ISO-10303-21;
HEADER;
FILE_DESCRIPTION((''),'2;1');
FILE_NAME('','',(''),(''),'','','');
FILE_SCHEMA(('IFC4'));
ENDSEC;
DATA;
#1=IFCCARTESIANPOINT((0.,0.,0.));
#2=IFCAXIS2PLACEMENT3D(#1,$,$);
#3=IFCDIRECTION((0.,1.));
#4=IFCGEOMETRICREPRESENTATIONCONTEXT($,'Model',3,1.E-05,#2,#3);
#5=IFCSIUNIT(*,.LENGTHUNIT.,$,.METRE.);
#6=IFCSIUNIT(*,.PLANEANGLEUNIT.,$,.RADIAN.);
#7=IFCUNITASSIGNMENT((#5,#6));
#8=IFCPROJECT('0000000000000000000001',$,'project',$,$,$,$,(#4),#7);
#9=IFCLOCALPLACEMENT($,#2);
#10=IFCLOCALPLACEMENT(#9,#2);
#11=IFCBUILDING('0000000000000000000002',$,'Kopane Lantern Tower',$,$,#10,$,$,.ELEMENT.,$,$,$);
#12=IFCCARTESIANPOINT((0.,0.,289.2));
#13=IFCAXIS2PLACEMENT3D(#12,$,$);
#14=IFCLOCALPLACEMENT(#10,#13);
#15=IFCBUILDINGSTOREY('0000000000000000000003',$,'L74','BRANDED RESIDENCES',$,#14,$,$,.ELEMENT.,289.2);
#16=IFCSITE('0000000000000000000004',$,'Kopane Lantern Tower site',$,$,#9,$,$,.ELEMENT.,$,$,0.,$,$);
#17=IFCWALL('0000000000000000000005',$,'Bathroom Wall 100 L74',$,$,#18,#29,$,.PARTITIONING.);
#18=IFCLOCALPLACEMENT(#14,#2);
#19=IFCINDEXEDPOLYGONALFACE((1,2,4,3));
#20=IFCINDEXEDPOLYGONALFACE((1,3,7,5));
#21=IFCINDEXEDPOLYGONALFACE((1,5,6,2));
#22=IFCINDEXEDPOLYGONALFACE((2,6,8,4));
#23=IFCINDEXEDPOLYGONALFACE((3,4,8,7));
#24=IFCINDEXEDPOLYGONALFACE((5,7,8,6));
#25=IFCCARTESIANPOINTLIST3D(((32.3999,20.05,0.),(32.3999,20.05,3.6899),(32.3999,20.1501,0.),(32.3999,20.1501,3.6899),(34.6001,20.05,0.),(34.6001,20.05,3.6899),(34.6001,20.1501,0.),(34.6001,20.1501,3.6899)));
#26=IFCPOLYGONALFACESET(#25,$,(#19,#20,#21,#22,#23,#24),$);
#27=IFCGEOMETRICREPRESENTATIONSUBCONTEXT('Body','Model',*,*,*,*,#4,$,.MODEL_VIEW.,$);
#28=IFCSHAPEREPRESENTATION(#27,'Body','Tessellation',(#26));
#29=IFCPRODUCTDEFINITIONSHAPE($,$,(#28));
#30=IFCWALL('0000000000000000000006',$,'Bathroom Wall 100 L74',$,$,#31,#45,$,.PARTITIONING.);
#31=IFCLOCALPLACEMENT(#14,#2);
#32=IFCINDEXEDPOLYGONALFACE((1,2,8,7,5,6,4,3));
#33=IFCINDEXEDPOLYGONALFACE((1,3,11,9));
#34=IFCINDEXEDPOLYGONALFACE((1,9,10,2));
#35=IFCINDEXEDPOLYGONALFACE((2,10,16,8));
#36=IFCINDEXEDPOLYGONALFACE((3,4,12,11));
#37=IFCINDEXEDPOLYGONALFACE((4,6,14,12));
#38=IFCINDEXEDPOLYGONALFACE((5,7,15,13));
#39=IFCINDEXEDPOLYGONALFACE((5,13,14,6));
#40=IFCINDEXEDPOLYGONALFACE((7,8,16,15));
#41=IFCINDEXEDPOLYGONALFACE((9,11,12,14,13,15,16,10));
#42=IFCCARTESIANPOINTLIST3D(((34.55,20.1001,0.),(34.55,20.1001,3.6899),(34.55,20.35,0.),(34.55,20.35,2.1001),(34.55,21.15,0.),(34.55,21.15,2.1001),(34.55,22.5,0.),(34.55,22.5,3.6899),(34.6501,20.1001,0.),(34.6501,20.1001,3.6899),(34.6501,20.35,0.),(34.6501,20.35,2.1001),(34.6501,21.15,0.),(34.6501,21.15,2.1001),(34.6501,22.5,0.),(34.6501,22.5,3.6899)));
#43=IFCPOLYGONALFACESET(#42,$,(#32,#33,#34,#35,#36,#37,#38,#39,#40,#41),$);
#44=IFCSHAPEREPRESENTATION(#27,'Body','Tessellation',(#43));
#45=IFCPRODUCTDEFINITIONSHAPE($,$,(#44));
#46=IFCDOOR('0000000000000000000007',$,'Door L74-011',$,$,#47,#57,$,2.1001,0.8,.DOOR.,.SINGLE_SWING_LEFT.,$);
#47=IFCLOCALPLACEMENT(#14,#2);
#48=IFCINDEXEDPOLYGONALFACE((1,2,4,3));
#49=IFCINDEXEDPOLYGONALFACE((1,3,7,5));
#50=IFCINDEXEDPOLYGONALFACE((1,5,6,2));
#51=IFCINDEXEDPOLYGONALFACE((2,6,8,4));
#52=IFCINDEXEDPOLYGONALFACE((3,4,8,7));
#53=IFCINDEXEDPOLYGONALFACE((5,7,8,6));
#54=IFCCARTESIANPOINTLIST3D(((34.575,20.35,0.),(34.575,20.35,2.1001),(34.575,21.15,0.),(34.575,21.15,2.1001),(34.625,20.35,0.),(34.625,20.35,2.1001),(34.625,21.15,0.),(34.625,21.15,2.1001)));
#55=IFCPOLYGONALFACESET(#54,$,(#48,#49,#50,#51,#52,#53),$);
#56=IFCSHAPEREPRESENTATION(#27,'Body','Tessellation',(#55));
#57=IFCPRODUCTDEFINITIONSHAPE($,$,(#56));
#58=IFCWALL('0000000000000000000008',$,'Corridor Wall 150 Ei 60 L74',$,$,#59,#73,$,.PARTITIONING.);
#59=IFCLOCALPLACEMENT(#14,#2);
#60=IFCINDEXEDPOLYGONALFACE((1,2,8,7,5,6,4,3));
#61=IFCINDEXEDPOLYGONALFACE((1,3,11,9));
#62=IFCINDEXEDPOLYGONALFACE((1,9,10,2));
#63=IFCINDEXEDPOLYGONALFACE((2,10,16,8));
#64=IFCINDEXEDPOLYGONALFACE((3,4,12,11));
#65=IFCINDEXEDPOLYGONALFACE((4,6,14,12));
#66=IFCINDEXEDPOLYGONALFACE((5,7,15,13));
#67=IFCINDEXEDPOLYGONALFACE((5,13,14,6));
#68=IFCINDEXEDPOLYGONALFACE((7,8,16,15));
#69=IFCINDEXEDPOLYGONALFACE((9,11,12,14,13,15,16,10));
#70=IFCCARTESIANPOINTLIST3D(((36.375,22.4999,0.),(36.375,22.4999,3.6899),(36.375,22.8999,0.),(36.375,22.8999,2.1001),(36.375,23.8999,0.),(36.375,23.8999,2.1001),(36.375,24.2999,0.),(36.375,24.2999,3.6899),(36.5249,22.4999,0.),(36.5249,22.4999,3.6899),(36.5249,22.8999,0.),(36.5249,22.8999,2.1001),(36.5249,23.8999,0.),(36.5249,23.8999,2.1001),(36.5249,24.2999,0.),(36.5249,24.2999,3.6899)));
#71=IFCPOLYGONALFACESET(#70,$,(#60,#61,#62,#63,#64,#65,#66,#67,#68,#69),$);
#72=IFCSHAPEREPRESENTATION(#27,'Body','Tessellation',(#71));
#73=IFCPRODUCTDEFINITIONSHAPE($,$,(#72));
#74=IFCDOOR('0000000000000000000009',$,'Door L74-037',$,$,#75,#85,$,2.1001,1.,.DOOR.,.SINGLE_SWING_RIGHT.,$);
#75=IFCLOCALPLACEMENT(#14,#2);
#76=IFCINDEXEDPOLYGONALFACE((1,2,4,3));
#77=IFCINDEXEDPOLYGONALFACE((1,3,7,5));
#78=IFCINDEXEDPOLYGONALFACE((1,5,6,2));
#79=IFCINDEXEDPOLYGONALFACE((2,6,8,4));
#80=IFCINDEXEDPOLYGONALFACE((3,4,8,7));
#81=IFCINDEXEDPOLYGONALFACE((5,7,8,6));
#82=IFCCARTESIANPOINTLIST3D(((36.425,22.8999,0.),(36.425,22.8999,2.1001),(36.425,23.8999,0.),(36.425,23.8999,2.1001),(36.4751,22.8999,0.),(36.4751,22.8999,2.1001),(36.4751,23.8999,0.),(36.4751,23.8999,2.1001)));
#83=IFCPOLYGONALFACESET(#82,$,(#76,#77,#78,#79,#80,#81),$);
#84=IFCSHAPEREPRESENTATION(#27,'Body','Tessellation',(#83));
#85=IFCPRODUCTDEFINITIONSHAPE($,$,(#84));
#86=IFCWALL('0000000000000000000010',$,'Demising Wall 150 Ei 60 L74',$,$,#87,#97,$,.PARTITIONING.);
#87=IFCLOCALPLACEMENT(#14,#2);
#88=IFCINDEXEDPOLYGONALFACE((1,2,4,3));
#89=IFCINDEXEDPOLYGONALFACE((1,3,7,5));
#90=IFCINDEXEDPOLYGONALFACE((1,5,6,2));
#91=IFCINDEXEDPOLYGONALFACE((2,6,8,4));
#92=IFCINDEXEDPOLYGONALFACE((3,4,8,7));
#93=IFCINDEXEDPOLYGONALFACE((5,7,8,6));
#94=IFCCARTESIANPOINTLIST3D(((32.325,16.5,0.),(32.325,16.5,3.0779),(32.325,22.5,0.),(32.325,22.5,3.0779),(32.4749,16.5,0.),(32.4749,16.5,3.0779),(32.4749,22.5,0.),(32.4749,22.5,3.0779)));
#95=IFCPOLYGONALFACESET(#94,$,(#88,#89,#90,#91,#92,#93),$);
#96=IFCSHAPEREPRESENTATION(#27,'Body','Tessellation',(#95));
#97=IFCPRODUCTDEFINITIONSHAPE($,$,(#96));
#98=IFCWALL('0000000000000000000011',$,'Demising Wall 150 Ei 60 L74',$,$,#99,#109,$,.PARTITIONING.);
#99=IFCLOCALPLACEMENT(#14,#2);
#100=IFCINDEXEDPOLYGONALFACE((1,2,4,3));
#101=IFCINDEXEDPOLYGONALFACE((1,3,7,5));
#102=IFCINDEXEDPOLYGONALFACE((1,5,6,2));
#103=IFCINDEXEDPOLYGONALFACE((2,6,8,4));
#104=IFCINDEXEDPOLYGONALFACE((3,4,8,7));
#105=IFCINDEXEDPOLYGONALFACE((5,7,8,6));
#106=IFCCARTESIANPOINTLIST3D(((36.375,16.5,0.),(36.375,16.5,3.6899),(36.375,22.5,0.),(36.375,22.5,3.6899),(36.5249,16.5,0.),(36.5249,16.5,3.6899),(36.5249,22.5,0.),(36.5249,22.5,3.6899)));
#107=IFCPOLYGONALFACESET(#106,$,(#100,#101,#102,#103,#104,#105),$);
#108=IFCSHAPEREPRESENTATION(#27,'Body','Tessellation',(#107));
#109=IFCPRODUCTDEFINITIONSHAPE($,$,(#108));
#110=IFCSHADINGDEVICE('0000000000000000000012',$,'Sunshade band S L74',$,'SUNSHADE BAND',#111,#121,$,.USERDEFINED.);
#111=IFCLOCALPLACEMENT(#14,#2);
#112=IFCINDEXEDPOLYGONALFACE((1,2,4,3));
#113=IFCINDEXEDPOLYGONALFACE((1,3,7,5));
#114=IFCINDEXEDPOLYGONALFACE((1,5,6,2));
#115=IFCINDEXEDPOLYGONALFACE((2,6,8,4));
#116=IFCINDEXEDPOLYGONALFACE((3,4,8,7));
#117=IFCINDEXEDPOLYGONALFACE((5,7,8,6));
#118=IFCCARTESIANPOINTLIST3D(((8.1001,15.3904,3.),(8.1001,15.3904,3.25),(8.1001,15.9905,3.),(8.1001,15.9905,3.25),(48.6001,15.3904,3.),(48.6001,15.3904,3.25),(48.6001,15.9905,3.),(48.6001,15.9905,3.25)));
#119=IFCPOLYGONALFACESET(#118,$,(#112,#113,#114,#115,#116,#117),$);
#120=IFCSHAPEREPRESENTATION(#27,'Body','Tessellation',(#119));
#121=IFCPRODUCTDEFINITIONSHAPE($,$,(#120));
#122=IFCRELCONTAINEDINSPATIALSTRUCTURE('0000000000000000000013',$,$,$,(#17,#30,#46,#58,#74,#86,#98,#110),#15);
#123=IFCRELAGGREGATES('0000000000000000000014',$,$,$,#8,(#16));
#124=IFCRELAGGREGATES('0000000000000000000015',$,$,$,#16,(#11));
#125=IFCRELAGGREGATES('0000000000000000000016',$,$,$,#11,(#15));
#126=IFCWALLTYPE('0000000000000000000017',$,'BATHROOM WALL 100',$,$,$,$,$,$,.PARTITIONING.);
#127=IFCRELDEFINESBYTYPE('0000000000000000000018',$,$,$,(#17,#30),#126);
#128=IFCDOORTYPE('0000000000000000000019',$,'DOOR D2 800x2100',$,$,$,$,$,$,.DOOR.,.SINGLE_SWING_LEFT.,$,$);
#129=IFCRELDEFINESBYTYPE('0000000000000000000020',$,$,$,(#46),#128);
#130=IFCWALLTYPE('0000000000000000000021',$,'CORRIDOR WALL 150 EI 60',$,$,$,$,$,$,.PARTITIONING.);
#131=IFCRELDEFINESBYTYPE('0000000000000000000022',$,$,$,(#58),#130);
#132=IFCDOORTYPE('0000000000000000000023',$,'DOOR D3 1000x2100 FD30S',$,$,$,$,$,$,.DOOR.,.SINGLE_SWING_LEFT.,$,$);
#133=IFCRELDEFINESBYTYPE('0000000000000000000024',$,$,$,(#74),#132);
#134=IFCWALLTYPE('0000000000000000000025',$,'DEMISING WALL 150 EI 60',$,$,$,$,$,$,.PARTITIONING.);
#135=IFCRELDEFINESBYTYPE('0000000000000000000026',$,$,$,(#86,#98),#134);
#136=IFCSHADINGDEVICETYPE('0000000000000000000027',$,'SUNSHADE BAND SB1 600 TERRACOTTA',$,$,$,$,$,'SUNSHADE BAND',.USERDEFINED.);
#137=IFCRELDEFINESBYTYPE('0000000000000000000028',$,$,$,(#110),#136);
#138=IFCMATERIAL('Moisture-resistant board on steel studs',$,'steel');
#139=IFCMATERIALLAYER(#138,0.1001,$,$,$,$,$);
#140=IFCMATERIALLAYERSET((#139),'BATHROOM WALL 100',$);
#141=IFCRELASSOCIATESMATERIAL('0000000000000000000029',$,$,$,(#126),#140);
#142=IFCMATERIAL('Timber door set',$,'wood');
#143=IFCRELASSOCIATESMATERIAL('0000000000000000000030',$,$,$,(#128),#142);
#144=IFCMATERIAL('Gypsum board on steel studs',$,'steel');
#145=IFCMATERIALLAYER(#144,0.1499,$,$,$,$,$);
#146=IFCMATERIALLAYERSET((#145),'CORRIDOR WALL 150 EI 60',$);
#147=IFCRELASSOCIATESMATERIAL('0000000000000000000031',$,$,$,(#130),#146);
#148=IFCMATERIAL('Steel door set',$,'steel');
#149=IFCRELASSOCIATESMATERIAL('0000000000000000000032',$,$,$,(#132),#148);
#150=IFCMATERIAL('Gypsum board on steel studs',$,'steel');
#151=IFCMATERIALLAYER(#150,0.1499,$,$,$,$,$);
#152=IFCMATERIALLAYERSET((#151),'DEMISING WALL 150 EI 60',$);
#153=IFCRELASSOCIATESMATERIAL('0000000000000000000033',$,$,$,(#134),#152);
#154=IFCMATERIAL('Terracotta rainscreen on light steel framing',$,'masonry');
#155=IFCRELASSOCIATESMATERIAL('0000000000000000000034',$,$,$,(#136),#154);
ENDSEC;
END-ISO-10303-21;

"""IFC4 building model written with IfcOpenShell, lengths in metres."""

from ifc_helpers import new_model, si_unit, direction, frame, frame_2d, origin, origin_2d, place, context, subcontext, project, spatial, rectangle, extrude, material, layer, layer_set, type_object, element, fill, save


model = new_model("IFC4")

# Units and contexts
model_context = context("Model", 3, precision=1e-05, world=origin(), true_north=direction((0.0, 1.0)))
body_context = subcontext(model_context, "Body", "Model", "MODEL_VIEW")
ifc_project = project(units=[si_unit("LENGTHUNIT", "METRE"), si_unit("PLANEANGLEUNIT", "RADIAN")], contexts=[model_context])

# Site, building, storey
site_placement = place(None, origin())
site = spatial("IfcSite", under=ifc_project, at=site_placement, Name="Kopane Lantern Tower site", CompositionType="ELEMENT", RefElevation=0.0)
building_placement = place(site_placement, origin())
building = spatial("IfcBuilding", under=site, at=building_placement, Name="Kopane Lantern Tower", CompositionType="ELEMENT")
storey_placement = place(building_placement, frame((0.0, 0.0, 289.2)))
storey = spatial("IfcBuildingStorey", under=building, at=storey_placement, Name="L74", Description="BRANDED RESIDENCES", CompositionType="ELEMENT", Elevation=289.2)

# Shared definitions
ifc_material_1 = material(Name="Moisture-resistant board on steel studs", Category="steel")
ifc_layer_1 = layer(ifc_material_1, 0.1001)
ifc_layer_set_1 = layer_set([ifc_layer_1], Name="BATHROOM WALL 100")
wall_type_1 = type_object("IfcWallType", Name="BATHROOM WALL 100", PredefinedType="PARTITIONING", material=ifc_layer_set_1)
ifc_material_2 = material(Name="Timber door set", Category="wood")
door_type_1 = type_object("IfcDoorType", Name="DOOR D2 800x2100", OperationType="SINGLE_SWING_LEFT", PredefinedType="DOOR", material=ifc_material_2)

# Wall
wall_1_placement = place(storey_placement, frame((32.3999, 20.1001, 0.0), z_axis=(0.0, 0.0, 1.0), x_axis=(1.0, 0.0, 0.0)))
element("IfcWall", 1, at=wall_1_placement, inside=storey, type_object=wall_type_1, Name="Bathroom Wall 100 L74", PredefinedType="PARTITIONING", context=body_context, shape_type="SweptSolid", body=[
    extrude(rectangle(XDim=2.2002, YDim=0.1001, at=frame_2d((1.1001, 0.0))), origin(), (0.0, 0.0, 1.0), 3.6899),
])

# Walls, openings, doors
wall_2_placement = place(storey_placement, frame((34.6001, 22.5, 0.0), z_axis=(0.0, 0.0, 1.0), x_axis=(0.0, -1.0, 0.0)))
wall_2 = element("IfcWall", 2, at=wall_2_placement, inside=storey, type_object=wall_type_1, Name="Bathroom Wall 100 L74", PredefinedType="PARTITIONING", context=body_context, shape_type="SweptSolid", body=[
    extrude(rectangle(XDim=2.3999, YDim=0.1001, at=frame_2d((1.2, 0.0))), origin(), (0.0, 0.0, 1.0), 3.6899),
])
opening_1_placement = place(wall_2_placement, frame((1.3501, 0.0, 0.0)))
opening_1 = element("IfcOpeningElement", 3, at=opening_1_placement, cuts=wall_2, PredefinedType="OPENING", context=body_context, shape_type="SweptSolid", body=[
    extrude(rectangle(XDim=0.8, YDim=2.1001, at=frame_2d((0.3999, 1.05))), frame((0.0, 0.0601, 0.0), z_axis=(0.0, -1.0, 0.0), x_axis=(1.0, 0.0, 0.0)), (0.0, 0.0, 1.0), 0.1201),
])
door_1_placement = place(opening_1_placement, origin())
door_1 = element("IfcDoor", 4, at=door_1_placement, inside=storey, type_object=door_type_1, Name="Door L74-011", OperationType="SINGLE_SWING_LEFT", OverallHeight=2.1001, OverallWidth=0.8, PredefinedType="DOOR", context=body_context, shape_type="SweptSolid", body=[
    extrude(rectangle(XDim=0.8, YDim=2.1001, at=frame_2d((0.3999, 1.05))), frame((0.0, 0.0249, 0.0), z_axis=(0.0, -1.0, 0.0), x_axis=(1.0, 0.0, 0.0)), (0.0, 0.0, 1.0), 0.05),
])
fill(opening_1, door_1)
ifc_material_3 = material(Name="Gypsum board on steel studs", Category="steel")
ifc_layer_2 = layer(ifc_material_3, 0.1499)
ifc_layer_set_2 = layer_set([ifc_layer_2], Name="CORRIDOR WALL 150 EI 60")
wall_type_2 = type_object("IfcWallType", Name="CORRIDOR WALL 150 EI 60", PredefinedType="PARTITIONING", material=ifc_layer_set_2)
wall_3_placement = place(storey_placement, frame((36.45, 22.5, 0.0), z_axis=(0.0, 0.0, 1.0), x_axis=(0.0, 1.0, 0.0)))
wall_3 = element("IfcWall", 5, at=wall_3_placement, inside=storey, type_object=wall_type_2, Name="Corridor Wall 150 Ei 60 L74", PredefinedType="PARTITIONING", context=body_context, shape_type="SweptSolid", body=[
    extrude(rectangle(XDim=1.8, YDim=0.1499, at=frame_2d((0.8999, 0.0))), origin(), (0.0, 0.0, 1.0), 3.6899),
])
opening_2_placement = place(wall_3_placement, frame((0.3999, 0.0, 0.0)))
opening_2 = element("IfcOpeningElement", 6, at=opening_2_placement, cuts=wall_3, PredefinedType="OPENING", context=body_context, shape_type="SweptSolid", body=[
    extrude(rectangle(XDim=1.0, YDim=2.1001, at=frame_2d((0.5, 1.05))), frame((0.0, 0.085, 0.0), z_axis=(0.0, -1.0, 0.0), x_axis=(1.0, 0.0, 0.0)), (0.0, 0.0, 1.0), 0.1699),
])
ifc_material_4 = material(Name="Steel door set", Category="steel")
door_type_2 = type_object("IfcDoorType", Name="DOOR D3 1000x2100 FD30S", OperationType="SINGLE_SWING_LEFT", PredefinedType="DOOR", material=ifc_material_4)
door_2_placement = place(opening_2_placement, origin())
door_2 = element("IfcDoor", 7, at=door_2_placement, inside=storey, type_object=door_type_2, Name="Door L74-037", OperationType="SINGLE_SWING_RIGHT", OverallHeight=2.1001, OverallWidth=1.0, PredefinedType="DOOR", context=body_context, shape_type="SweptSolid", body=[
    extrude(rectangle(XDim=1.0, YDim=2.1001, at=frame_2d((0.5, 1.05))), frame((0.0, 0.0249, 0.0), z_axis=(0.0, -1.0, 0.0), x_axis=(1.0, 0.0, 0.0)), (0.0, 0.0, 1.0), 0.05),
])
fill(opening_2, door_2)

# Walls
ifc_material_5 = material(Name="Gypsum board on steel studs", Category="steel")
ifc_layer_3 = layer(ifc_material_5, 0.1499)
ifc_layer_set_3 = layer_set([ifc_layer_3], Name="DEMISING WALL 150 EI 60")
wall_type_3 = type_object("IfcWallType", Name="DEMISING WALL 150 EI 60", PredefinedType="PARTITIONING", material=ifc_layer_set_3)
wall_4_placement = place(storey_placement, frame((32.3999, 22.5, 0.0), z_axis=(0.0, 0.0, 1.0), x_axis=(0.0, -1.0, 0.0)))
element("IfcWall", 8, at=wall_4_placement, inside=storey, type_object=wall_type_3, Name="Demising Wall 150 Ei 60 L74", PredefinedType="PARTITIONING", context=body_context, shape_type="SweptSolid", body=[
    extrude(rectangle(XDim=6.0, YDim=0.1499, at=frame_2d((3.0, 0.0))), origin(), (0.0, 0.0, 1.0), 3.0779),
])
wall_5_placement = place(storey_placement, frame((36.45, 16.5, 0.0), z_axis=(0.0, 0.0, 1.0), x_axis=(0.0, 1.0, 0.0)))
element("IfcWall", 9, at=wall_5_placement, inside=storey, type_object=wall_type_3, Name="Demising Wall 150 Ei 60 L74", PredefinedType="PARTITIONING", context=body_context, shape_type="SweptSolid", body=[
    extrude(rectangle(XDim=6.0, YDim=0.1499, at=frame_2d((3.0, 0.0))), origin(), (0.0, 0.0, 1.0), 3.6899),
])

# Shading device
ifc_material_6 = material(Name="Terracotta rainscreen on light steel framing", Category="masonry")
shading_device_type = type_object("IfcShadingDeviceType", Name="SUNSHADE BAND SB1 600 TERRACOTTA", ElementType="SUNSHADE BAND", PredefinedType="USERDEFINED", material=ifc_material_6)
shading_device_placement = place(storey_placement, frame((28.3501, 15.6904, 3.0), z_axis=(0.0, 0.0, 1.0), x_axis=(1.0, 0.0, 0.0)))
element("IfcShadingDevice", 10, at=shading_device_placement, inside=storey, type_object=shading_device_type, Name="Sunshade band S L74", ObjectType="SUNSHADE BAND", PredefinedType="USERDEFINED", context=body_context, shape_type="SweptSolid", body=[
    extrude(rectangle(XDim=40.5, YDim=0.6001, at=origin_2d()), origin(), (0.0, 0.0, 1.0), 0.25),
])

save(model, "model.ifc")
